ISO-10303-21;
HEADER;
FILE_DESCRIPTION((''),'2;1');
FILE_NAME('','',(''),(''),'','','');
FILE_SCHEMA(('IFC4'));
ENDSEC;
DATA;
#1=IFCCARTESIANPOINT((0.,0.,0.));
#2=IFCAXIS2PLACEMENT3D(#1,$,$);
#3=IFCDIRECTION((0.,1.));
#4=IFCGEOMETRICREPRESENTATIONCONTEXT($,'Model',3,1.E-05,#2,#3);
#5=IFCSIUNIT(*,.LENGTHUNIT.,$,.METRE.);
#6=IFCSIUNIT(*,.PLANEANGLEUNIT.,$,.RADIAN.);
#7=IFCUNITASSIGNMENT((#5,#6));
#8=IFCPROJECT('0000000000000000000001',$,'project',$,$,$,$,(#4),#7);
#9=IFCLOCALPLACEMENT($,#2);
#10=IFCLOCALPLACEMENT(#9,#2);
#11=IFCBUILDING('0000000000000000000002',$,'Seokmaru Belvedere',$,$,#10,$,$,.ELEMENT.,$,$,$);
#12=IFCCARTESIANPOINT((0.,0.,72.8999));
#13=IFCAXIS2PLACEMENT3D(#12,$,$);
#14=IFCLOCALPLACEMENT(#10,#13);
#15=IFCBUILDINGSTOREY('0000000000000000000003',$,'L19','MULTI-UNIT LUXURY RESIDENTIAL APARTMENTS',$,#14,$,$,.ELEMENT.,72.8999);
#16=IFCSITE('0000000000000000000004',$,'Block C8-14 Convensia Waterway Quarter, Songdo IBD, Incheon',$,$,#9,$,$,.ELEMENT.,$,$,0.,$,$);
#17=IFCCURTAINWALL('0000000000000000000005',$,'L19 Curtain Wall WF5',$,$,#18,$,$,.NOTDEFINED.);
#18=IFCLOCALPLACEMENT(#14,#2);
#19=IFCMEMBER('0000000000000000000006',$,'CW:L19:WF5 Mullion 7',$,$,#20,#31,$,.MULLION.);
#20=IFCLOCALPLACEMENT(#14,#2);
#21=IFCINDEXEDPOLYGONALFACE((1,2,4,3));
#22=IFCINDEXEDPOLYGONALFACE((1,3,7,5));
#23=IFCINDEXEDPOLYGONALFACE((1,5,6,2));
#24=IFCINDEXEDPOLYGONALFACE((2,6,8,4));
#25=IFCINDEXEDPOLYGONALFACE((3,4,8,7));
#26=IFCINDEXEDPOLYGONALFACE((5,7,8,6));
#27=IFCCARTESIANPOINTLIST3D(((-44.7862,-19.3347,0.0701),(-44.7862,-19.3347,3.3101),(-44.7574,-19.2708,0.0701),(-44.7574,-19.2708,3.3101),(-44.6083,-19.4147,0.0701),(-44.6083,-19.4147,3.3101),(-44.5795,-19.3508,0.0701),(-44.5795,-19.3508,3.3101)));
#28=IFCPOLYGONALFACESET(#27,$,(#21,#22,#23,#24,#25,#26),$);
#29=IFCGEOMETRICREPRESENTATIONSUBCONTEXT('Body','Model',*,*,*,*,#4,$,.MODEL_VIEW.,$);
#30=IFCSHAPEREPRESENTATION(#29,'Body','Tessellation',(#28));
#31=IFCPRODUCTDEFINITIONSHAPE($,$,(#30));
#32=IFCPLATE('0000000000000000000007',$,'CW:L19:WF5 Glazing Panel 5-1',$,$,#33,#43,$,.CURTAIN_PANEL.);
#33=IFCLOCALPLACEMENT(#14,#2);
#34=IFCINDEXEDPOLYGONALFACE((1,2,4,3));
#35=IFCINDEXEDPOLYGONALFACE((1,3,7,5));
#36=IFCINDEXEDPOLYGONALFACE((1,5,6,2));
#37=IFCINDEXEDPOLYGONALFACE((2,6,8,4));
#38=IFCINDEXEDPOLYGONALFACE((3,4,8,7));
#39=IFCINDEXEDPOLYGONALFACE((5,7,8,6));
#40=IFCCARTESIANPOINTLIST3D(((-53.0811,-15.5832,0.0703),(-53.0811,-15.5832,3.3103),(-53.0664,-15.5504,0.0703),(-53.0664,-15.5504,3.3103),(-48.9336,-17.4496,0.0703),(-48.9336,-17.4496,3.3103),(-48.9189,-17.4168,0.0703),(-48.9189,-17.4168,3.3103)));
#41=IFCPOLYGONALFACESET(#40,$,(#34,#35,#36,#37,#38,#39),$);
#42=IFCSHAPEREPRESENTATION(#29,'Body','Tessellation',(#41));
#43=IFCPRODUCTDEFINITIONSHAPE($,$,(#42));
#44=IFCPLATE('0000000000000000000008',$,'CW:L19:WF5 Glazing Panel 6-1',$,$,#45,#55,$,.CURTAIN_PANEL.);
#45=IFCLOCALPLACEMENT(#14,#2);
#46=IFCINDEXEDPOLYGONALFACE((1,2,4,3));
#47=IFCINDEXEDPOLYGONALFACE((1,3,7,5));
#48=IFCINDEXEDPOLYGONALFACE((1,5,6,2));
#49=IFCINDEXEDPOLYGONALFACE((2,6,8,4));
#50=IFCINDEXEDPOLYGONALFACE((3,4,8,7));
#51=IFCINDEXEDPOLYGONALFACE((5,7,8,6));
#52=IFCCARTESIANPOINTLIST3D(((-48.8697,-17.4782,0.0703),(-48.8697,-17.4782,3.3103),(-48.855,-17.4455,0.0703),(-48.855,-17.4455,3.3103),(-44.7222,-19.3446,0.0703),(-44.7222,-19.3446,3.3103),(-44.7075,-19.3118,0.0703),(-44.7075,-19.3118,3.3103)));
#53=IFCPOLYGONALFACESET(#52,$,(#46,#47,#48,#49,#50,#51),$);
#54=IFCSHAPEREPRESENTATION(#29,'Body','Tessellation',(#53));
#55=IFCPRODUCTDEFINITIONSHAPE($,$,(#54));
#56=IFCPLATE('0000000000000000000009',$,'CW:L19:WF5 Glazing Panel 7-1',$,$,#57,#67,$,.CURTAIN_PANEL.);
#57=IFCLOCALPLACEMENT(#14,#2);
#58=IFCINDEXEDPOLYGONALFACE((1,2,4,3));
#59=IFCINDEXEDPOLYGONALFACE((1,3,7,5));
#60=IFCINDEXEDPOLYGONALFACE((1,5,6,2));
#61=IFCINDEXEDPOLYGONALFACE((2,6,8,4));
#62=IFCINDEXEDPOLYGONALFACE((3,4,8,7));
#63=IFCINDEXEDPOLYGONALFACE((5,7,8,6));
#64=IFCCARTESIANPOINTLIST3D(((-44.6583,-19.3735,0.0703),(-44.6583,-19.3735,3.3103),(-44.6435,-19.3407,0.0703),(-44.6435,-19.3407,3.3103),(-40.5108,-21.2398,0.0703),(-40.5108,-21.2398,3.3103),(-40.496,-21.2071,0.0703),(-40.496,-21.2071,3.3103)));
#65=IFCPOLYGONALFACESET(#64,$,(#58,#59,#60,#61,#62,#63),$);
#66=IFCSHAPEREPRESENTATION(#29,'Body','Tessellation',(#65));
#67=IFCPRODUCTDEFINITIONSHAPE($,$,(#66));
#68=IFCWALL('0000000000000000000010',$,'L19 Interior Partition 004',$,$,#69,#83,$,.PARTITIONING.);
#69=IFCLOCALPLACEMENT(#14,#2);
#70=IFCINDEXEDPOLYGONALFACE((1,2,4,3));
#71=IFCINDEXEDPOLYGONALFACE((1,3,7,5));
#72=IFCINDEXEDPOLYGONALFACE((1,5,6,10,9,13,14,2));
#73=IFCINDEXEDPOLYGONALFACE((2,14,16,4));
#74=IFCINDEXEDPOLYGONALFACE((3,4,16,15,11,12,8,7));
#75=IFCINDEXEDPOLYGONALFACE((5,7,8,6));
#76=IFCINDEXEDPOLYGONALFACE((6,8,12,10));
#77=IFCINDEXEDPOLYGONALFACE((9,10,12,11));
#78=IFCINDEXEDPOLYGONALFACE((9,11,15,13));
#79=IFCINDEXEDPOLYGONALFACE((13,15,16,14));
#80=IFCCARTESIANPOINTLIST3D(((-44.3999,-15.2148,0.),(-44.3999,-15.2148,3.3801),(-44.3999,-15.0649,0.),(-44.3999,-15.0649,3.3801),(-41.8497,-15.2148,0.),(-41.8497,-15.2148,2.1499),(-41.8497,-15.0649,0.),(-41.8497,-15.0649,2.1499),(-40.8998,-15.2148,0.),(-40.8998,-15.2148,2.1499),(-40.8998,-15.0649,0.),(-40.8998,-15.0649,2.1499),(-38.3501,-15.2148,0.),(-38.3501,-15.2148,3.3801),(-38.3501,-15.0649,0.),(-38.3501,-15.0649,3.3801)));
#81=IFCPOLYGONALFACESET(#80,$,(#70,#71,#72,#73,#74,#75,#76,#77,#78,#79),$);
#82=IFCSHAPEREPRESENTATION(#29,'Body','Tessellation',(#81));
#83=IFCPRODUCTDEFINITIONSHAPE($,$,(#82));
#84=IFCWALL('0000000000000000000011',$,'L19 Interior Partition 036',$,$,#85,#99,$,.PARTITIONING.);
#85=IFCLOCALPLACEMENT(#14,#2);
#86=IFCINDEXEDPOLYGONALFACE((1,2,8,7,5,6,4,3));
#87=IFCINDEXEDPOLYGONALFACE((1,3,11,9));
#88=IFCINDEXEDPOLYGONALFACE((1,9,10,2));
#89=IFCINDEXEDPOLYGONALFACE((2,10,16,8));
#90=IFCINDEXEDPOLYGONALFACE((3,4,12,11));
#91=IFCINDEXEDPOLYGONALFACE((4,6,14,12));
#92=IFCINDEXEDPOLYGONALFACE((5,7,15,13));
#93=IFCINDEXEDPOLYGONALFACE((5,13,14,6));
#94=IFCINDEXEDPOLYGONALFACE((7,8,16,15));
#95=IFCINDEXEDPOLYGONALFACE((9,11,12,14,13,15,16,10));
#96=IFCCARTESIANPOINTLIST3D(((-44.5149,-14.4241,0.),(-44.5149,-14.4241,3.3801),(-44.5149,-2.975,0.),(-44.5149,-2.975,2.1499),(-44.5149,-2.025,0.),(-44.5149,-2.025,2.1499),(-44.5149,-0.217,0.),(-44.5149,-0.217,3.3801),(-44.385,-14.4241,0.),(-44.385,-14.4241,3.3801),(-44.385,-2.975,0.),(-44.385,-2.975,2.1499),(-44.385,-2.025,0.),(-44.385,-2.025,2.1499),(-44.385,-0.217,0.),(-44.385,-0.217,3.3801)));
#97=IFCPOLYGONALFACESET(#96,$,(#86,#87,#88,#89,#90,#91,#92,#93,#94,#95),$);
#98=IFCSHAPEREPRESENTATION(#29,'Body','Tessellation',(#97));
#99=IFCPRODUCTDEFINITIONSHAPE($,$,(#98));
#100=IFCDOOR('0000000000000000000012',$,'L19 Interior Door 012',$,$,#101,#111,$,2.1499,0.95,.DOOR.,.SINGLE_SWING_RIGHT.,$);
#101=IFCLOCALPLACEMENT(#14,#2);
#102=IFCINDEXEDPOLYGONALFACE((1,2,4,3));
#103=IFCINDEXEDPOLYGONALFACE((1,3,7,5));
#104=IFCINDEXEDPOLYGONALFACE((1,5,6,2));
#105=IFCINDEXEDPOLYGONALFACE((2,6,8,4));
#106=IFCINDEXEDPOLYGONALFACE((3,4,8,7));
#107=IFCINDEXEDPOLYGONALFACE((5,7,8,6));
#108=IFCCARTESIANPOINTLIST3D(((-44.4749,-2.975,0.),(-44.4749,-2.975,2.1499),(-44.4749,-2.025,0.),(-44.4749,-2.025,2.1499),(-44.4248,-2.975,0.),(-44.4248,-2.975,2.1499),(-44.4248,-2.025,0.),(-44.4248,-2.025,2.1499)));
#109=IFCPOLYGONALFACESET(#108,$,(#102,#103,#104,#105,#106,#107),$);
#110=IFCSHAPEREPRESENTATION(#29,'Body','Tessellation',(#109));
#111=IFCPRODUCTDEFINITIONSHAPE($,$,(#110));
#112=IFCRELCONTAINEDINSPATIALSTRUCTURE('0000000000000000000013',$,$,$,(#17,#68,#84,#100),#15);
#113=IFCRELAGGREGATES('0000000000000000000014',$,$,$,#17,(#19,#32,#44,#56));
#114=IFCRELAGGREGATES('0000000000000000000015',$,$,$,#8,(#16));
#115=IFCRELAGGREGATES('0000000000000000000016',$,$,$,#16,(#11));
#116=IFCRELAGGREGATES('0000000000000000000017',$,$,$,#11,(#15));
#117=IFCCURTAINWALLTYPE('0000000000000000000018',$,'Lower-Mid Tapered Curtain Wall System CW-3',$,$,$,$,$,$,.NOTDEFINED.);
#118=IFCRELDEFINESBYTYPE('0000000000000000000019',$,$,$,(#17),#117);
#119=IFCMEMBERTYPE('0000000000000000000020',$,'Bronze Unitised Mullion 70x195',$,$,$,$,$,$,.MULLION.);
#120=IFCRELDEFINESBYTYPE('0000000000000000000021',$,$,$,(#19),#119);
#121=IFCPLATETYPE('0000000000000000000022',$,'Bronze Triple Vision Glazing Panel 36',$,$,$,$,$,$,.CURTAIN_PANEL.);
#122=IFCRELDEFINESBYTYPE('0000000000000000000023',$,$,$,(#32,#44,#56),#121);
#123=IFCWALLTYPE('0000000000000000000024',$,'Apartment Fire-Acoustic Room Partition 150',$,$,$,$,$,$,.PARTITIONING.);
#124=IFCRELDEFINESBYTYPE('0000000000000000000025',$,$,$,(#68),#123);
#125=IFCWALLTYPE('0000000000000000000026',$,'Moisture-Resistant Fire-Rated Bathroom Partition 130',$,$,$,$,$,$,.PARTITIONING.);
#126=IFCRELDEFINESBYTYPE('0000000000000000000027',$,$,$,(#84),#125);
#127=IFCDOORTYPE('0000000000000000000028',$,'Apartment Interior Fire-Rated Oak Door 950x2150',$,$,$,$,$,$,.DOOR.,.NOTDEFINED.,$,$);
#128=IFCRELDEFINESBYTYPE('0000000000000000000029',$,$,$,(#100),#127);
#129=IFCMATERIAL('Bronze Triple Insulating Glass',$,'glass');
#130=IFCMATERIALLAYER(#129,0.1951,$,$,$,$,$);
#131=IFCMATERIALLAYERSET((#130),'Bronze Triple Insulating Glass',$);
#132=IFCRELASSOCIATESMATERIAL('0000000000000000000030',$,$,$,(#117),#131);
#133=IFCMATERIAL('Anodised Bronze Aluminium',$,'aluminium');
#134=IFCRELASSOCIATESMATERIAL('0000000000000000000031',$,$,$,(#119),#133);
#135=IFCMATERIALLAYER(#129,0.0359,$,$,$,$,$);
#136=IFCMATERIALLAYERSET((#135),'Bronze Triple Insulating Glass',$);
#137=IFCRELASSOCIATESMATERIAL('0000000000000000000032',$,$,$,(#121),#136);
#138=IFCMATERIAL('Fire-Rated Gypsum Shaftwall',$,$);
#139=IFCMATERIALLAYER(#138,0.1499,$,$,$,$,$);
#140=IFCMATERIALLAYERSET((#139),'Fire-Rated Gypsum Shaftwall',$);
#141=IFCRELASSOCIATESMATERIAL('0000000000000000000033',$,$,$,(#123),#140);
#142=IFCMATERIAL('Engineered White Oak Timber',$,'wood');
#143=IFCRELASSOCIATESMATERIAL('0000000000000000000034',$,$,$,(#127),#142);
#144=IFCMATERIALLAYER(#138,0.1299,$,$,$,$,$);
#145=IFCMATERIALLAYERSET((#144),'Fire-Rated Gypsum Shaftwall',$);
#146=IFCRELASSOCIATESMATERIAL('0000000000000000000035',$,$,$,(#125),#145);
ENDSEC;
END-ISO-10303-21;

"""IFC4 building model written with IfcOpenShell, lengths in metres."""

from ifc_helpers import new_model, si_unit, direction, frame, frame_2d, origin, origin_2d, place, context, subcontext, project, spatial, rectangle, extrude, source, transform, mapped, material, layer, layer_set, material_profile, profile_set, type_object, type_shapes, element, fill, aggregate, save


model = new_model("IFC4")

# Units and contexts
model_context = context("Model", 3, precision=1e-05, world=origin(), true_north=direction((0.0, 1.0)))
body_context = subcontext(model_context, "Body", "Model", "MODEL_VIEW")
ifc_project = project(units=[si_unit("LENGTHUNIT", "METRE"), si_unit("PLANEANGLEUNIT", "RADIAN")], contexts=[model_context])

# Site, building, storey
site_placement = place(None, origin())
site = spatial("IfcSite", under=ifc_project, at=site_placement, Name="Block C8-14 Convensia Waterway Quarter, Songdo IBD, Incheon", CompositionType="ELEMENT", RefElevation=0.0)
building_placement = place(site_placement, origin())
building = spatial("IfcBuilding", under=site, at=building_placement, Name="Seokmaru Belvedere", CompositionType="ELEMENT")
storey_placement = place(building_placement, frame((0.0, 0.0, 72.8999)))
storey = spatial("IfcBuildingStorey", under=building, at=storey_placement, Name="L19", Description="MULTI-UNIT LUXURY RESIDENTIAL APARTMENTS", CompositionType="ELEMENT", Elevation=72.8999)

# Curtain wall, member, plates
ifc_material_1 = material(Name="Bronze Triple Insulating Glass", Category="glass")
ifc_layer_1 = layer(ifc_material_1, 0.1951)
ifc_layer_set_1 = layer_set([ifc_layer_1], Name="Bronze Triple Insulating Glass")
curtain_wall_type = type_object("IfcCurtainWallType", Name="Lower-Mid Tapered Curtain Wall System CW-3", PredefinedType="NOTDEFINED", material=ifc_layer_set_1)
curtain_wall_placement = place(storey_placement, origin())
curtain_wall = element("IfcCurtainWall", 1, at=curtain_wall_placement, inside=storey, type_object=curtain_wall_type, Name="L19 Curtain Wall WF5", PredefinedType="NOTDEFINED")
ifc_material_2 = material(Name="Anodised Bronze Aluminium", Category="aluminium")
ifc_material_profile_1 = material_profile(ifc_material_2, rectangle(XDim=0.0701, YDim=0.1951, at=origin_2d()), Name="CW-M-70x195")
ifc_profile_set_1 = profile_set([ifc_material_profile_1], Name="Anodised Bronze Aluminium")
member_type = type_object("IfcMemberType", Name="Bronze Unitised Mullion 70x195", PredefinedType="MULLION", material=ifc_profile_set_1)
shared_shape_1 = source(origin(), body_context, "Body", "SweptSolid", [
    extrude(rectangle(XDim=0.0701, YDim=0.1951, at=origin_2d()), origin(), (0.0, 0.0, 1.0), 3.24),
])
type_shapes(member_type, [shared_shape_1])
member_1_placement = place(storey_placement, frame((-44.6829, -19.3428, 0.0701), z_axis=(0.0, 0.0, 1.0), x_axis=(0.410366, 0.911921, 0.0)))
member_1 = element("IfcMember", 2, at=member_1_placement, type_object=member_type, Name="CW:L19:WF5 Mullion 7", PredefinedType="MULLION", context=body_context, shape_type="MappedRepresentation", body=[
    mapped(shared_shape_1, transform((0.0, 0.0, 0.0), scale=1.0)),
])
ifc_layer_2 = layer(ifc_material_1, 0.0359)
ifc_layer_set_2 = layer_set([ifc_layer_2], Name="Bronze Triple Insulating Glass")
plate_type = type_object("IfcPlateType", Name="Bronze Triple Vision Glazing Panel 36", PredefinedType="CURTAIN_PANEL", material=ifc_layer_set_2)
shared_shape_2 = source(origin(), body_context, "Body", "SweptSolid", [
    extrude(rectangle(XDim=4.5481, YDim=0.0359, at=origin_2d()), origin(), (0.0, 0.0, 1.0), 3.24),
])
type_shapes(plate_type, [shared_shape_2])
plate_1_placement = place(storey_placement, frame((-51.0, -16.5, 0.0703), z_axis=(0.0, 0.0, 1.0), x_axis=(0.911921, -0.410366, 0.0)))
plate_1 = element("IfcPlate", 3, at=plate_1_placement, type_object=plate_type, Name="CW:L19:WF5 Glazing Panel 5-1", PredefinedType="CURTAIN_PANEL", context=body_context, shape_type="MappedRepresentation", body=[
    mapped(shared_shape_2, transform((0.0, 0.0, 0.0), scale=1.0)),
])
plate_2_placement = place(storey_placement, frame((-46.7886, -18.395, 0.0703), z_axis=(0.0, 0.0, 1.0), x_axis=(0.911921, -0.410366, 0.0)))
plate_2 = element("IfcPlate", 4, at=plate_2_placement, type_object=plate_type, Name="CW:L19:WF5 Glazing Panel 6-1", PredefinedType="CURTAIN_PANEL", context=body_context, shape_type="MappedRepresentation", body=[
    mapped(shared_shape_2, transform((0.0, 0.0, 0.0), scale=1.0)),
])
plate_3_placement = place(storey_placement, frame((-42.5771, -20.2903, 0.0703), z_axis=(0.0, 0.0, 1.0), x_axis=(0.911921, -0.410366, 0.0)))
plate_3 = element("IfcPlate", 5, at=plate_3_placement, type_object=plate_type, Name="CW:L19:WF5 Glazing Panel 7-1", PredefinedType="CURTAIN_PANEL", context=body_context, shape_type="MappedRepresentation", body=[
    mapped(shared_shape_2, transform((0.0, 0.0, 0.0), scale=1.0)),
])
aggregate(curtain_wall, [member_1, plate_1, plate_2, plate_3])

# Wall, opening
ifc_material_3 = material(Name="Fire-Rated Gypsum Shaftwall")
ifc_layer_3 = layer(ifc_material_3, 0.1499)
ifc_layer_set_3 = layer_set([ifc_layer_3], Name="Fire-Rated Gypsum Shaftwall")
wall_type_1 = type_object("IfcWallType", Name="Apartment Fire-Acoustic Room Partition 150", PredefinedType="PARTITIONING", material=ifc_layer_set_3)
wall_1_placement = place(storey_placement, frame((-44.3999, -15.1399, 0.0), z_axis=(0.0, 0.0, 1.0), x_axis=(1.0, 0.0, 0.0)))
wall_1 = element("IfcWall", 6, at=wall_1_placement, inside=storey, type_object=wall_type_1, Name="L19 Interior Partition 004", PredefinedType="PARTITIONING", context=body_context, shape_type="SweptSolid", body=[
    extrude(rectangle(XDim=6.0498, YDim=0.1499, at=frame_2d((3.0249, 0.0))), origin(), (0.0, 0.0, 1.0), 3.3801),
])
opening_1_placement = place(wall_1_placement, frame((2.55, 0.0, 0.0)))
element("IfcOpeningElement", 7, at=opening_1_placement, cuts=wall_1, PredefinedType="OPENING", context=body_context, shape_type="SweptSolid", body=[
    extrude(rectangle(XDim=0.95, YDim=2.1499, at=frame_2d((0.4751, 1.075))), frame((0.0, 0.085, 0.0), z_axis=(0.0, -1.0, 0.0), x_axis=(1.0, 0.0, 0.0)), (0.0, 0.0, 1.0), 0.1699),
])

# Wall, opening, door
ifc_material_4 = material(Name="Engineered White Oak Timber", Category="wood")
door_type = type_object("IfcDoorType", Name="Apartment Interior Fire-Rated Oak Door 950x2150", OperationType="NOTDEFINED", PredefinedType="DOOR", material=ifc_material_4)
shared_shape_3 = source(origin(), body_context, "Body", "SweptSolid", [
    extrude(rectangle(XDim=0.95, YDim=2.1499, at=frame_2d((0.4751, 1.075))), frame((0.0, 0.0249, 0.0), z_axis=(0.0, -1.0, 0.0), x_axis=(1.0, 0.0, 0.0)), (0.0, 0.0, 1.0), 0.05),
])
type_shapes(door_type, [shared_shape_3])
ifc_layer_4 = layer(ifc_material_3, 0.1299)
ifc_layer_set_4 = layer_set([ifc_layer_4], Name="Fire-Rated Gypsum Shaftwall")
wall_type_2 = type_object("IfcWallType", Name="Moisture-Resistant Fire-Rated Bathroom Partition 130", PredefinedType="PARTITIONING", material=ifc_layer_set_4)
wall_2_placement = place(storey_placement, frame((-44.45, -14.4241, 0.0), z_axis=(0.0, 0.0, 1.0), x_axis=(0.0, 1.0, 0.0)))
wall_2 = element("IfcWall", 8, at=wall_2_placement, inside=storey, type_object=wall_type_2, Name="L19 Interior Partition 036", PredefinedType="PARTITIONING", context=body_context, shape_type="SweptSolid", body=[
    extrude(rectangle(XDim=14.207, YDim=0.1299, at=frame_2d((7.1035, 0.0))), origin(), (0.0, 0.0, 1.0), 3.3801),
])
opening_2_placement = place(wall_2_placement, frame((11.449, 0.0, 0.0)))
opening_2 = element("IfcOpeningElement", 9, at=opening_2_placement, cuts=wall_2, PredefinedType="OPENING", context=body_context, shape_type="SweptSolid", body=[
    extrude(rectangle(XDim=0.95, YDim=2.1499, at=frame_2d((0.4751, 1.075))), frame((0.0, 0.075, 0.0), z_axis=(0.0, -1.0, 0.0), x_axis=(1.0, 0.0, 0.0)), (0.0, 0.0, 1.0), 0.1499),
])
door_1_placement = place(opening_2_placement, origin())
door_1 = element("IfcDoor", 10, at=door_1_placement, inside=storey, type_object=door_type, Name="L19 Interior Door 012", OperationType="SINGLE_SWING_RIGHT", OverallHeight=2.1499, OverallWidth=0.95, PredefinedType="DOOR", context=body_context, shape_type="MappedRepresentation", body=[
    mapped(shared_shape_3, transform((0.0, 0.0, 0.0), scale=1.0)),
])
fill(opening_2, door_1)

save(model, "model.ifc")
